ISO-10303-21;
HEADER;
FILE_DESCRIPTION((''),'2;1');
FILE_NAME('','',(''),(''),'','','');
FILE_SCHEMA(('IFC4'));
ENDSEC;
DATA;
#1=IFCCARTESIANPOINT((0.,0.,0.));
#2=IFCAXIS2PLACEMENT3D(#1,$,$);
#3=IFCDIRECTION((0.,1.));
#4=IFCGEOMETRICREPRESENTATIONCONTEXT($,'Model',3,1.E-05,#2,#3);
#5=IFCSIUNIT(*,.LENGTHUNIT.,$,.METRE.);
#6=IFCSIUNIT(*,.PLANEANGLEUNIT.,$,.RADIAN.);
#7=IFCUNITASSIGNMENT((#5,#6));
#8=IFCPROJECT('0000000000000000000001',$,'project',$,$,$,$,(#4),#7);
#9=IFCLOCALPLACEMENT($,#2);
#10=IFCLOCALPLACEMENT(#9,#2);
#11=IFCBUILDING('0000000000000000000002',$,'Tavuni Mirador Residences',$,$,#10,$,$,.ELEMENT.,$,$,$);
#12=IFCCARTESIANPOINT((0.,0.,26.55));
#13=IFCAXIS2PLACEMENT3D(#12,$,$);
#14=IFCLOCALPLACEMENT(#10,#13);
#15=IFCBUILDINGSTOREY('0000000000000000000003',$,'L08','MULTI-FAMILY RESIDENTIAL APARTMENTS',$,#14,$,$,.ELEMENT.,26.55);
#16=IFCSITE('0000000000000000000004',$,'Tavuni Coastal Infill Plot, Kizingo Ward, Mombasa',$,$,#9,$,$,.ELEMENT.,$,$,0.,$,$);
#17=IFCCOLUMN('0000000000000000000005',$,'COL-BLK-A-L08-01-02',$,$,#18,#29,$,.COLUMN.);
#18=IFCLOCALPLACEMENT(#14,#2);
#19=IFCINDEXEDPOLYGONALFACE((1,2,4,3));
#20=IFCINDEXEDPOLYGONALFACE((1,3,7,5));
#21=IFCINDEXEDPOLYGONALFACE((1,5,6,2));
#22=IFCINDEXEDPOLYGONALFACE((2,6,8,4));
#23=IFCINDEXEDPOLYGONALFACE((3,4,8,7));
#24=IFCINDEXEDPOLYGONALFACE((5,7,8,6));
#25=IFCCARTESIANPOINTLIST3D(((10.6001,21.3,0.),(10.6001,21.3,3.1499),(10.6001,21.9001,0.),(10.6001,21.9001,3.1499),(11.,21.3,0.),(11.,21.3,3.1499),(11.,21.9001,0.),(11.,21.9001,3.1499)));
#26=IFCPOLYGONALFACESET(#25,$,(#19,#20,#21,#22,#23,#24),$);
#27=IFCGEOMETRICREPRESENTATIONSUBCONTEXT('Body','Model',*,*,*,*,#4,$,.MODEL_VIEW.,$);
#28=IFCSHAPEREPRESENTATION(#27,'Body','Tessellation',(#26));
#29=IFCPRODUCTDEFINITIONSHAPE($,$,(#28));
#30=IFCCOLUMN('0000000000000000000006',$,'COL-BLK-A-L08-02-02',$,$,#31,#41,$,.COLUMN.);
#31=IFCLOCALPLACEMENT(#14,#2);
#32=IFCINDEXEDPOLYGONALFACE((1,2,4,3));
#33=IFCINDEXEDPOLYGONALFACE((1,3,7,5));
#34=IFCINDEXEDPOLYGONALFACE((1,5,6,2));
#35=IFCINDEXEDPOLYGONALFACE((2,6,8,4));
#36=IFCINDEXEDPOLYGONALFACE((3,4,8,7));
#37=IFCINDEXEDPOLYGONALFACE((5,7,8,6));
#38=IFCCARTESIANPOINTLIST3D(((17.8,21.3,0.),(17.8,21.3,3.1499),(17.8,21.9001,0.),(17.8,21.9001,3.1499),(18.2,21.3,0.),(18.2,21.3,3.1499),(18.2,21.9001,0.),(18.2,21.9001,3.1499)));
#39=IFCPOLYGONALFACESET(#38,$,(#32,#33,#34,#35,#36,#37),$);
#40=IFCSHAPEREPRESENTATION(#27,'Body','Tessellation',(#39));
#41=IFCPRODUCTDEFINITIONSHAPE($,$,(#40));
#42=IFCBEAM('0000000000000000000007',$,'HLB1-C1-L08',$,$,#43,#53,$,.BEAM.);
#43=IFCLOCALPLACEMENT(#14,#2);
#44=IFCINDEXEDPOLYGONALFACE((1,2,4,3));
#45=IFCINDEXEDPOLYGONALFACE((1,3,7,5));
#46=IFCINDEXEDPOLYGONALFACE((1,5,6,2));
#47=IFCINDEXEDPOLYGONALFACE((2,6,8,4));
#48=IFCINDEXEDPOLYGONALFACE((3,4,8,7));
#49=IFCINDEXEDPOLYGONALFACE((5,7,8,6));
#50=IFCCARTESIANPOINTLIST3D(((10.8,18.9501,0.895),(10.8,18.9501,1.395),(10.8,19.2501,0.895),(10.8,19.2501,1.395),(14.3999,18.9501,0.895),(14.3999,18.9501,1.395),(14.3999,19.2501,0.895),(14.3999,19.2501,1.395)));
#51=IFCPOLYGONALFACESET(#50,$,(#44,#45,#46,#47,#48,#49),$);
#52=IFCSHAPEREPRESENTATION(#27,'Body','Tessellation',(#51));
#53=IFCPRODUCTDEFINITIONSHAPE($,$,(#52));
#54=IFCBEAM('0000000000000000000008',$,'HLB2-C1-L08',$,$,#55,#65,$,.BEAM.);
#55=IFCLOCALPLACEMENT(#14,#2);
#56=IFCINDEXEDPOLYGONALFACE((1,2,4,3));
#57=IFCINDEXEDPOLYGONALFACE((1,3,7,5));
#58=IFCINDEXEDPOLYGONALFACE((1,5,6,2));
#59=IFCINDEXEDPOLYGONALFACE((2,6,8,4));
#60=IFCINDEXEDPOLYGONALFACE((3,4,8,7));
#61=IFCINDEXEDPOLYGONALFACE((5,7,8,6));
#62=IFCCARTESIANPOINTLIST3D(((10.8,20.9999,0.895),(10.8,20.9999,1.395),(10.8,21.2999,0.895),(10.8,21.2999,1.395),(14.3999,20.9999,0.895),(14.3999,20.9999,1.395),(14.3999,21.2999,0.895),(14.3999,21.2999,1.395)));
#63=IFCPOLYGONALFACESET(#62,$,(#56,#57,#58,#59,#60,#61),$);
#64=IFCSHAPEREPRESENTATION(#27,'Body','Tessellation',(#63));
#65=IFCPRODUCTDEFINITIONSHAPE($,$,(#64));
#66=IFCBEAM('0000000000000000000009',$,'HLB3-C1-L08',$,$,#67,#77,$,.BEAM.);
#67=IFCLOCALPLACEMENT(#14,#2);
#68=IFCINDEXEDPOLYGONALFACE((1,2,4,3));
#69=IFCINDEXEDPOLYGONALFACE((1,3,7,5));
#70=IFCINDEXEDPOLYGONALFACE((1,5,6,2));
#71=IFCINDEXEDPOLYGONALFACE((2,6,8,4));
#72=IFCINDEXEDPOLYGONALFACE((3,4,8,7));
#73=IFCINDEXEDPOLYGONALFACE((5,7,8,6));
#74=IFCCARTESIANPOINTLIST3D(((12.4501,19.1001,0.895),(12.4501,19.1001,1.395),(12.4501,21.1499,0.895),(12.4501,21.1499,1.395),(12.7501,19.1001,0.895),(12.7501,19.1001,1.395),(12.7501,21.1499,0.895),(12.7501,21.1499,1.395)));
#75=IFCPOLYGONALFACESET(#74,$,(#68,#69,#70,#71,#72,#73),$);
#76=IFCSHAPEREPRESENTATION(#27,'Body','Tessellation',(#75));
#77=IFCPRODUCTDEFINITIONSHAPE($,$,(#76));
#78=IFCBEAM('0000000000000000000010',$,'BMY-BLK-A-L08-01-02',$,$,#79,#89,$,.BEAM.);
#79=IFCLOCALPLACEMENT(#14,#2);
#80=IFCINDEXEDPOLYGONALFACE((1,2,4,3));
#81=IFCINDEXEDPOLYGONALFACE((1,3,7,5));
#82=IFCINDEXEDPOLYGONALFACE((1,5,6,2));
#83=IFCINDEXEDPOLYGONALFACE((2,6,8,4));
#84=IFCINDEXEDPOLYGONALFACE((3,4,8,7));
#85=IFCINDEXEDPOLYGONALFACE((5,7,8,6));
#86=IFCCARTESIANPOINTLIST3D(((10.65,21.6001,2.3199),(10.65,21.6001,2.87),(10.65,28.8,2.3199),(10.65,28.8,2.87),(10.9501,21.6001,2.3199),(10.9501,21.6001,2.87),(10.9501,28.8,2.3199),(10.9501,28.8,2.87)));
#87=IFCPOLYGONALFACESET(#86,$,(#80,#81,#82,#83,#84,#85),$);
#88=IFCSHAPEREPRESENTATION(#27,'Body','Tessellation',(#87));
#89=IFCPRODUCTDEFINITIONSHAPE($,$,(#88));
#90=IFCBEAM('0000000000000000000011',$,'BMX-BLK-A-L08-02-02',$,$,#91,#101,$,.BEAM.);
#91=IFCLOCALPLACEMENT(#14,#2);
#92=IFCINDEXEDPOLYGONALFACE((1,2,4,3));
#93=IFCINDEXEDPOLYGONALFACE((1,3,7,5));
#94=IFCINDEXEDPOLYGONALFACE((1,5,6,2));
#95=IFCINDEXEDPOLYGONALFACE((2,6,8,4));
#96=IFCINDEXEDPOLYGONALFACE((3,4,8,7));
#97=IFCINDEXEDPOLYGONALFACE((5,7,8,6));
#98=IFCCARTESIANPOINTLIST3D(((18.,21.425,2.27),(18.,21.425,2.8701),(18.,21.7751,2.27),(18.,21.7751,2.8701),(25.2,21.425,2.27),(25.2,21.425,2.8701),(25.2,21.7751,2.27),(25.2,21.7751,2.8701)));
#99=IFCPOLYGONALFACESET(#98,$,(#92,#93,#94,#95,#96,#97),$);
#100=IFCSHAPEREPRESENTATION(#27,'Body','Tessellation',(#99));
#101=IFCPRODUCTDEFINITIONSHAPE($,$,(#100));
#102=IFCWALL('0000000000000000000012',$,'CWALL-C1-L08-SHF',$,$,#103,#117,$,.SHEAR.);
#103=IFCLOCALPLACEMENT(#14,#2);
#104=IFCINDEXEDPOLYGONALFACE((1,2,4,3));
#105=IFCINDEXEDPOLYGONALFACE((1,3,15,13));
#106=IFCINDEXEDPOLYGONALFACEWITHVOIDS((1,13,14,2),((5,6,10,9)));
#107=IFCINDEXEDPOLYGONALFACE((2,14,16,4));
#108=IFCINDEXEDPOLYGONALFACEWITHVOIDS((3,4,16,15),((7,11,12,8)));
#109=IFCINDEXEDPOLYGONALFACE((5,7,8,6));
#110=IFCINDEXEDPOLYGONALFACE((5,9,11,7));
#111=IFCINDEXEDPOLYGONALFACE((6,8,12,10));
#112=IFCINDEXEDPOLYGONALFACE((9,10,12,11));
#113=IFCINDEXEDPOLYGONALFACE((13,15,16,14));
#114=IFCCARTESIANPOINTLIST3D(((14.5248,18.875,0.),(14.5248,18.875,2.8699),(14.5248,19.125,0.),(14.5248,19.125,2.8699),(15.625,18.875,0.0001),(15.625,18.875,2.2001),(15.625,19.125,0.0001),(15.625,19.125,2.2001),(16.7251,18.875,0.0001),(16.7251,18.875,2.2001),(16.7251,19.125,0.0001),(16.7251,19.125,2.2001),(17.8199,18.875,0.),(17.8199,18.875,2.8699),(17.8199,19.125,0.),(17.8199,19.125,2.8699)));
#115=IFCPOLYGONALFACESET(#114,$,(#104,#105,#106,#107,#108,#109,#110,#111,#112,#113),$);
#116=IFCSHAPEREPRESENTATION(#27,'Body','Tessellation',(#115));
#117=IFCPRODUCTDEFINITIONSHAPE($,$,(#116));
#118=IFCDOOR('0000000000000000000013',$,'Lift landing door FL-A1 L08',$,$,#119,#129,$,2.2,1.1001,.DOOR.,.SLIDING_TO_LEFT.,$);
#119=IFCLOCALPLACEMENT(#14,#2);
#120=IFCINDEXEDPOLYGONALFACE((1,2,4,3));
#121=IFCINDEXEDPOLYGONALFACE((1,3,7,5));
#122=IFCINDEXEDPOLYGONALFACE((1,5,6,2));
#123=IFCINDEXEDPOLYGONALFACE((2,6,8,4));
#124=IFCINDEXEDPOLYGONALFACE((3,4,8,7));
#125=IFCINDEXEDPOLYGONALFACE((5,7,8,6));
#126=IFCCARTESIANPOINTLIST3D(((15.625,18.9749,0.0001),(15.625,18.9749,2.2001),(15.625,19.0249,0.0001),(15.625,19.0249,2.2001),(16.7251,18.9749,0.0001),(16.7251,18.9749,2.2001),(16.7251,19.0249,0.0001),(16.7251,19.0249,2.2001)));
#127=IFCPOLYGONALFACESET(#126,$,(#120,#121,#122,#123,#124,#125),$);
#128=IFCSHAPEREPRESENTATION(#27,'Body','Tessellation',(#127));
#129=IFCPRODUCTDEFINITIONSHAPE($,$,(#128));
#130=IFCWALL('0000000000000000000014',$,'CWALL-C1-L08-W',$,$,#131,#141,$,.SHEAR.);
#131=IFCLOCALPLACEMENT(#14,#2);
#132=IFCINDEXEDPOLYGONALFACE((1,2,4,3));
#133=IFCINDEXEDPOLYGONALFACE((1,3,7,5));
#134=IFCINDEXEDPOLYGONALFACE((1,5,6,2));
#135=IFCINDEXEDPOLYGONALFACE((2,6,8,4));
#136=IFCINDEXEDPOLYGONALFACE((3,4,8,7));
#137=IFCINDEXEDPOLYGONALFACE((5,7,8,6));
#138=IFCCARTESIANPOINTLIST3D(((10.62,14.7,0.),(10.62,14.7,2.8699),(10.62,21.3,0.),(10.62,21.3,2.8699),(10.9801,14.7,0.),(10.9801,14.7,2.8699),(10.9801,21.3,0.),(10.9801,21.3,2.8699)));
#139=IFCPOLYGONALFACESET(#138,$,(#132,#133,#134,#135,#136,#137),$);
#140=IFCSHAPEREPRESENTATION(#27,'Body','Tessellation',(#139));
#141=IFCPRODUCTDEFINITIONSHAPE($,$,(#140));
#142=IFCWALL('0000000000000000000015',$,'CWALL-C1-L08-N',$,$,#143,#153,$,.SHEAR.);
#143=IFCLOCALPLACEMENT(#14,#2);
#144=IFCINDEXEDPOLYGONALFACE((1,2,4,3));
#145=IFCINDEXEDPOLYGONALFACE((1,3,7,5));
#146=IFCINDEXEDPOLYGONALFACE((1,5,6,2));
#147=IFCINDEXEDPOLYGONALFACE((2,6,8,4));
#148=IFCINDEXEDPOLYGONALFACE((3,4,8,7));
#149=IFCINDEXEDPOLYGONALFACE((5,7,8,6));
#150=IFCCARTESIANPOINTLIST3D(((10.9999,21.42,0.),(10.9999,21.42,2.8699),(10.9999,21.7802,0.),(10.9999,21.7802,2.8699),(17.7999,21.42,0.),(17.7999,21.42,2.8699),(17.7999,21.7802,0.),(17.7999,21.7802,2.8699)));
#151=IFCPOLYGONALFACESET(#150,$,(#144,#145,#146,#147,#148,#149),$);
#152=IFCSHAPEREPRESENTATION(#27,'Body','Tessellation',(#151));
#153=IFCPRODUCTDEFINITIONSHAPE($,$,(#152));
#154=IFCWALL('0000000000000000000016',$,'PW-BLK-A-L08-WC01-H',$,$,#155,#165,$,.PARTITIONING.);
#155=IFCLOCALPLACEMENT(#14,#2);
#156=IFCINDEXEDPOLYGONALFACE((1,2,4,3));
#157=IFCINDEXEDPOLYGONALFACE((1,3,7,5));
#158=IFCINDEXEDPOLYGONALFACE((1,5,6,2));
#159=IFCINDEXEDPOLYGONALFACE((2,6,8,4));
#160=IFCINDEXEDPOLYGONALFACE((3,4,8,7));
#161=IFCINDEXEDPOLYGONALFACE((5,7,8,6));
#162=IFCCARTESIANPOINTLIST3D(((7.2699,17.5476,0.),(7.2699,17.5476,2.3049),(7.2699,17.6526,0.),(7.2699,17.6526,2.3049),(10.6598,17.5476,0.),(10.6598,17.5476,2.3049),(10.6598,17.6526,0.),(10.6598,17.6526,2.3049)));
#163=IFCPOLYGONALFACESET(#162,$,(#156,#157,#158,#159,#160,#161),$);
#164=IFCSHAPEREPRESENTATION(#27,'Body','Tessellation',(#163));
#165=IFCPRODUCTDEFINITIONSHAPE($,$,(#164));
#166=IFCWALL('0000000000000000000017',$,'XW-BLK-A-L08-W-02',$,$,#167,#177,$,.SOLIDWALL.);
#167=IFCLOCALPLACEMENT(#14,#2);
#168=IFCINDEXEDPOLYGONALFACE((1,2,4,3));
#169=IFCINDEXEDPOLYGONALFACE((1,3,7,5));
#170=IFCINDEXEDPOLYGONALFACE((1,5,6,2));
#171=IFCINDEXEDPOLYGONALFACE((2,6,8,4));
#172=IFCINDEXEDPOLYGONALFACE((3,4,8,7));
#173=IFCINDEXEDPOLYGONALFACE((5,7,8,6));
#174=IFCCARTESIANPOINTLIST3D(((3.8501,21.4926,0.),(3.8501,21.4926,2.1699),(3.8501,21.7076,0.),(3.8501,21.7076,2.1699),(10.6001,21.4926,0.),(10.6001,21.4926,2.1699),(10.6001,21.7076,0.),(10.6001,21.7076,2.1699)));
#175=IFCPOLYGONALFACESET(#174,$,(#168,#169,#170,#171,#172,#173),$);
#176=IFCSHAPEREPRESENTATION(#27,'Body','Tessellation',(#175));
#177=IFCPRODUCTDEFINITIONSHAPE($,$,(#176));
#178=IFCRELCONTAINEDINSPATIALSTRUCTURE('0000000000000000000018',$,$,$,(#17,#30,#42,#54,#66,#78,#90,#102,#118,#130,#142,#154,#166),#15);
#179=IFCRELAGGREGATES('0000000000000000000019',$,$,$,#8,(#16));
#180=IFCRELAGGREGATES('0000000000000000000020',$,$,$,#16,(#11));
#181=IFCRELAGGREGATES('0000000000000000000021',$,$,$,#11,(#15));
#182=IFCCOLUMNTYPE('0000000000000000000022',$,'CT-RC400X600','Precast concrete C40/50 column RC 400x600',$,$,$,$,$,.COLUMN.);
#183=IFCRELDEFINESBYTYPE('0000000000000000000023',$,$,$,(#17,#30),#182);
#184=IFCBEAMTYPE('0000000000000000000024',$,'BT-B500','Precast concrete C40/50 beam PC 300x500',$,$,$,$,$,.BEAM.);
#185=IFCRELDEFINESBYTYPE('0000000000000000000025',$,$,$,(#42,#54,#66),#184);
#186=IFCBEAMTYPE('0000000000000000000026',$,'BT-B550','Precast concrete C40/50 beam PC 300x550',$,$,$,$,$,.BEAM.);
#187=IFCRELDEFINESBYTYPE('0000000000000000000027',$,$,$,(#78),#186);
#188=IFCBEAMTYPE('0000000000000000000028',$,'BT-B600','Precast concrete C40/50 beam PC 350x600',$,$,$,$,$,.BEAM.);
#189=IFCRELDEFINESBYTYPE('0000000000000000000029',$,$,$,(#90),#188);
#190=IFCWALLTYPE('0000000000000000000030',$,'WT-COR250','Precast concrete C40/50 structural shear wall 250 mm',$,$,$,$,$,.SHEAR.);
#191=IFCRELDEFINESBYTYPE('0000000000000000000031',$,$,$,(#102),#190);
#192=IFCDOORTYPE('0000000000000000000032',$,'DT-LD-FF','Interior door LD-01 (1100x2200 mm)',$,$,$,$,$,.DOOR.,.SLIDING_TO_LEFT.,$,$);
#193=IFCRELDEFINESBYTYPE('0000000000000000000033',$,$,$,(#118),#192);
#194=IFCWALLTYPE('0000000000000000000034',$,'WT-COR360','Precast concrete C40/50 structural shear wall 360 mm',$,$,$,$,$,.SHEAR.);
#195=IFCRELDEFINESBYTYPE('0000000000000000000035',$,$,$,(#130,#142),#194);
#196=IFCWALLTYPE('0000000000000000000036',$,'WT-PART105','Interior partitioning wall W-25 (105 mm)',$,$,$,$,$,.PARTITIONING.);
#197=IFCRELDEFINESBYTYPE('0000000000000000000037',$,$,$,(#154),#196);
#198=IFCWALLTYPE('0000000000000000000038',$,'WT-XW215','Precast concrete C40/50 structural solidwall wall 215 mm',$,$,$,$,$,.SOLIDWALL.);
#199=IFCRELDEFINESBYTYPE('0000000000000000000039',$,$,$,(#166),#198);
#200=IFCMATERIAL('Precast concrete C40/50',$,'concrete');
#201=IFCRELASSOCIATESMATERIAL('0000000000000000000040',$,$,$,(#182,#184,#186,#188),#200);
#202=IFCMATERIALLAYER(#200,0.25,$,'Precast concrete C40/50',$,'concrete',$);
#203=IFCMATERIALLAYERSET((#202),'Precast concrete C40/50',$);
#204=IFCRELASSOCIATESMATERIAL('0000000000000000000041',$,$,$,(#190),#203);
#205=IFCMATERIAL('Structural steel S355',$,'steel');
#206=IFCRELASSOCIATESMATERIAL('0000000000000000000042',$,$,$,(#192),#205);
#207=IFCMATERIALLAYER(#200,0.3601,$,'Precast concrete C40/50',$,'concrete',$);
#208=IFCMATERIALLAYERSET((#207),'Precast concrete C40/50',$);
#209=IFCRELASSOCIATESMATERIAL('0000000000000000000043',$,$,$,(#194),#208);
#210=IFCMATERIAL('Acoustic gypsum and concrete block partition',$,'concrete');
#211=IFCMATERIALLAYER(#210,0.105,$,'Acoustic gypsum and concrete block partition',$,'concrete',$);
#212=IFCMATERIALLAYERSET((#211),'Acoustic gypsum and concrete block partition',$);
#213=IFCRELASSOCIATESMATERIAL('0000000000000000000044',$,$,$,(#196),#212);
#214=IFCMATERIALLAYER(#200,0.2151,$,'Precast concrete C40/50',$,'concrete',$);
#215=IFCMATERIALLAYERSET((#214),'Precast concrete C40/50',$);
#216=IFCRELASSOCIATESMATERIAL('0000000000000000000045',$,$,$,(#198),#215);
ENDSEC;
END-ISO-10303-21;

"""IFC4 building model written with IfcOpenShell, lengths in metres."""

from ifc_helpers import new_model, si_unit, direction, frame, frame_2d, origin, origin_2d, place, context, subcontext, project, spatial, rectangle, extrude, material, layer, layer_set, material_profile, profile_set, type_object, element, fill, save


model = new_model("IFC4")

# Units and contexts
model_context = context("Model", 3, precision=1e-05, world=origin(), true_north=direction((0.0, 1.0)))
body_context = subcontext(model_context, "Body", "Model", "MODEL_VIEW")
ifc_project = project(units=[si_unit("LENGTHUNIT", "METRE"), si_unit("PLANEANGLEUNIT", "RADIAN")], contexts=[model_context])

# Site, building, storey
site_placement = place(None, origin())
site = spatial("IfcSite", under=ifc_project, at=site_placement, Name="Tavuni Coastal Infill Plot, Kizingo Ward, Mombasa", CompositionType="ELEMENT", RefElevation=0.0)
building_placement = place(site_placement, origin())
building = spatial("IfcBuilding", under=site, at=building_placement, Name="Tavuni Mirador Residences", CompositionType="ELEMENT")
storey_placement = place(building_placement, frame((0.0, 0.0, 26.55)))
storey = spatial("IfcBuildingStorey", under=building, at=storey_placement, Name="L08", Description="MULTI-FAMILY RESIDENTIAL APARTMENTS", CompositionType="ELEMENT", Elevation=26.55)

# Columns
ifc_material_1 = material(Name="Precast concrete C40/50", Category="concrete")
ifc_material_profile_1 = material_profile(ifc_material_1, rectangle(XDim=0.3999, YDim=0.6001, at=origin_2d()), Name="RC 400x600", Category="concrete")
ifc_profile_set_1 = profile_set([ifc_material_profile_1], Name="Precast concrete C40/50")
column_type = type_object("IfcColumnType", Name="CT-RC400X600", Description="Precast concrete C40/50 column RC 400x600", PredefinedType="COLUMN", material=ifc_profile_set_1)
for number, where, z_axis, x_axis, name in (
    (1, (10.8, 21.6001, 0.0), (0.0, 0.0, 1.0), (1.0, 0.0, 0.0), "COL-BLK-A-L08-01-02"),
    (2, (18.0, 21.6001, 0.0), (0.0, 0.0, 1.0), (1.0, 0.0, 0.0), "COL-BLK-A-L08-02-02"),
):
    element("IfcColumn", number, at=place(storey_placement, frame(where, z_axis=z_axis, x_axis=x_axis)), inside=storey, type_object=column_type, Name=name, PredefinedType="COLUMN", context=body_context, shape_type="SweptSolid", body=[
        extrude(rectangle(XDim=0.3999, YDim=0.6001, at=origin_2d()), origin(), (0.0, 0.0, 1.0), 3.1499),
    ])

# Beams
ifc_material_profile_2 = material_profile(ifc_material_1, rectangle(XDim=0.3, YDim=0.5, at=origin_2d()), Name="PC 300x500", Category="concrete")
ifc_profile_set_2 = profile_set([ifc_material_profile_2], Name="Precast concrete C40/50")
beam_type_1 = type_object("IfcBeamType", Name="BT-B500", Description="Precast concrete C40/50 beam PC 300x500", PredefinedType="BEAM", material=ifc_profile_set_2)
for number, where, z_axis, x_axis, name in (
    (3, (10.8, 19.1001, 1.145), (1.0, 0.0, 0.0), (0.0, 1.0, 0.0), "HLB1-C1-L08"),
    (4, (10.8, 21.1499, 1.145), (1.0, 0.0, 0.0), (0.0, 1.0, 0.0), "HLB2-C1-L08"),
):
    element("IfcBeam", number, at=place(storey_placement, frame(where, z_axis=z_axis, x_axis=x_axis)), inside=storey, type_object=beam_type_1, Name=name, PredefinedType="BEAM", context=body_context, shape_type="SweptSolid", body=[
        extrude(rectangle(XDim=0.3, YDim=0.5, at=origin_2d()), origin(), (0.0, 0.0, 1.0), 3.5999),
    ])
beam_1_placement = place(storey_placement, frame((12.6001, 19.1001, 1.145), z_axis=(0.0, 1.0, 0.0), x_axis=(-1.0, 0.0, 0.0)))
element("IfcBeam", 5, at=beam_1_placement, inside=storey, type_object=beam_type_1, Name="HLB3-C1-L08", PredefinedType="BEAM", context=body_context, shape_type="SweptSolid", body=[
    extrude(rectangle(XDim=0.3, YDim=0.5, at=origin_2d()), origin(), (0.0, 0.0, 1.0), 2.0498),
])
ifc_material_profile_3 = material_profile(ifc_material_1, rectangle(XDim=0.3, YDim=0.55, at=origin_2d()), Name="PC 300x550", Category="concrete")
ifc_profile_set_3 = profile_set([ifc_material_profile_3], Name="Precast concrete C40/50")
beam_type_2 = type_object("IfcBeamType", Name="BT-B550", Description="Precast concrete C40/50 beam PC 300x550", PredefinedType="BEAM", material=ifc_profile_set_3)
beam_2_placement = place(storey_placement, frame((10.8, 21.6001, 2.595), z_axis=(0.0, 1.0, 0.0), x_axis=(-1.0, 0.0, 0.0)))
element("IfcBeam", 6, at=beam_2_placement, inside=storey, type_object=beam_type_2, Name="BMY-BLK-A-L08-01-02", PredefinedType="BEAM", context=body_context, shape_type="SweptSolid", body=[
    extrude(rectangle(XDim=0.3, YDim=0.55, at=origin_2d()), origin(), (0.0, 0.0, 1.0), 7.2),
])
ifc_material_profile_4 = material_profile(ifc_material_1, rectangle(XDim=0.3501, YDim=0.6001, at=origin_2d()), Name="PC 350x600", Category="concrete")
ifc_profile_set_4 = profile_set([ifc_material_profile_4], Name="Precast concrete C40/50")
beam_type_3 = type_object("IfcBeamType", Name="BT-B600", Description="Precast concrete C40/50 beam PC 350x600", PredefinedType="BEAM", material=ifc_profile_set_4)
beam_3_placement = place(storey_placement, frame((18.0, 21.6001, 2.5701), z_axis=(1.0, 0.0, 0.0), x_axis=(0.0, 1.0, 0.0)))
element("IfcBeam", 7, at=beam_3_placement, inside=storey, type_object=beam_type_3, Name="BMX-BLK-A-L08-02-02", PredefinedType="BEAM", context=body_context, shape_type="SweptSolid", body=[
    extrude(rectangle(XDim=0.3501, YDim=0.6001, at=origin_2d()), origin(), (0.0, 0.0, 1.0), 7.2),
])

# Wall, opening, door
ifc_layer_1 = layer(ifc_material_1, 0.25, Name="Precast concrete C40/50", Category="concrete")
ifc_layer_set_1 = layer_set([ifc_layer_1], Name="Precast concrete C40/50")
wall_type_1 = type_object("IfcWallType", Name="WT-COR250", Description="Precast concrete C40/50 structural shear wall 250 mm", PredefinedType="SHEAR", material=ifc_layer_set_1)
wall_1_placement = place(storey_placement, frame((14.5249, 19.0, 0.0), z_axis=(0.0, 0.0, 1.0), x_axis=(1.0, 0.0, 0.0)))
wall_1 = element("IfcWall", 8, at=wall_1_placement, inside=storey, type_object=wall_type_1, Name="CWALL-C1-L08-SHF", PredefinedType="SHEAR", context=body_context, shape_type="SweptSolid", body=[
    extrude(rectangle(XDim=3.2952, YDim=0.25, at=frame_2d((1.6475, 0.0))), origin(), (0.0, 0.0, 1.0), 2.8699),
])
opening_1_placement = place(wall_1_placement, frame((1.1001, 0.0, 0.0)))
opening_1 = element("IfcOpeningElement", 9, at=opening_1_placement, cuts=wall_1, PredefinedType="OPENING", context=body_context, shape_type="SweptSolid", body=[
    extrude(rectangle(XDim=1.1001, YDim=2.2, at=frame_2d((0.55, 1.1001))), frame((0.0, 0.135, 0.0), z_axis=(0.0, -1.0, 0.0), x_axis=(1.0, 0.0, 0.0)), (0.0, 0.0, 1.0), 0.27),
])
ifc_material_2 = material(Name="Structural steel S355", Category="steel")
door_type_1 = type_object("IfcDoorType", Name="DT-LD-FF", Description="Interior door LD-01 (1100x2200 mm)", OperationType="SLIDING_TO_LEFT", PredefinedType="DOOR", material=ifc_material_2)
door_1_placement = place(opening_1_placement, origin())
door_1 = element("IfcDoor", 10, at=door_1_placement, inside=storey, type_object=door_type_1, Name="Lift landing door FL-A1 L08", OperationType="SLIDING_TO_LEFT", OverallHeight=2.2, OverallWidth=1.1001, PredefinedType="DOOR", context=body_context, shape_type="SweptSolid", body=[
    extrude(rectangle(XDim=1.1001, YDim=2.2, at=frame_2d((0.55, 1.1001))), frame((0.0, 0.0249, 0.0), z_axis=(0.0, -1.0, 0.0), x_axis=(1.0, 0.0, 0.0)), (0.0, 0.0, 1.0), 0.05),
])
fill(opening_1, door_1)

# Walls
ifc_layer_2 = layer(ifc_material_1, 0.3601, Name="Precast concrete C40/50", Category="concrete")
ifc_layer_set_2 = layer_set([ifc_layer_2], Name="Precast concrete C40/50")
wall_type_2 = type_object("IfcWallType", Name="WT-COR360", Description="Precast concrete C40/50 structural shear wall 360 mm", PredefinedType="SHEAR", material=ifc_layer_set_2)
wall_2_placement = place(storey_placement, frame((10.8, 14.7, 0.0), z_axis=(0.0, 0.0, 1.0), x_axis=(0.0, 1.0, 0.0)))
element("IfcWall", 11, at=wall_2_placement, inside=storey, type_object=wall_type_2, Name="CWALL-C1-L08-W", PredefinedType="SHEAR", context=body_context, shape_type="SweptSolid", body=[
    extrude(rectangle(XDim=6.6001, YDim=0.3601, at=frame_2d((3.3, 0.0))), origin(), (0.0, 0.0, 1.0), 2.8699),
])
wall_3_placement = place(storey_placement, frame((11.0, 21.6001, 0.0), z_axis=(0.0, 0.0, 1.0), x_axis=(1.0, 0.0, 0.0)))
element("IfcWall", 12, at=wall_3_placement, inside=storey, type_object=wall_type_2, Name="CWALL-C1-L08-N", PredefinedType="SHEAR", context=body_context, shape_type="SweptSolid", body=[
    extrude(rectangle(XDim=6.8, YDim=0.3601, at=frame_2d((3.3999, 0.0))), origin(), (0.0, 0.0, 1.0), 2.8699),
])

# Walls
ifc_material_3 = material(Name="Acoustic gypsum and concrete block partition", Category="concrete")
ifc_layer_3 = layer(ifc_material_3, 0.105, Name="Acoustic gypsum and concrete block partition", Category="concrete")
ifc_layer_set_3 = layer_set([ifc_layer_3], Name="Acoustic gypsum and concrete block partition")
wall_type_3 = type_object("IfcWallType", Name="WT-PART105", Description="Interior partitioning wall W-25 (105 mm)", PredefinedType="PARTITIONING", material=ifc_layer_set_3)
wall_4_placement = place(storey_placement, frame((7.27, 17.6001, 0.0), z_axis=(0.0, 0.0, 1.0), x_axis=(1.0, 0.0, 0.0)))
element("IfcWall", 13, at=wall_4_placement, inside=storey, type_object=wall_type_3, Name="PW-BLK-A-L08-WC01-H", PredefinedType="PARTITIONING", context=body_context, shape_type="SweptSolid", body=[
    extrude(rectangle(XDim=3.3899, YDim=0.105, at=frame_2d((1.6948, 0.0))), origin(), (0.0, 0.0, 1.0), 2.3049),
])
ifc_layer_4 = layer(ifc_material_1, 0.2151, Name="Precast concrete C40/50", Category="concrete")
ifc_layer_set_4 = layer_set([ifc_layer_4], Name="Precast concrete C40/50")
wall_type_4 = type_object("IfcWallType", Name="WT-XW215", Description="Precast concrete C40/50 structural solidwall wall 215 mm", PredefinedType="SOLIDWALL", material=ifc_layer_set_4)
wall_5_placement = place(storey_placement, frame((3.8501, 21.6001, 0.0), z_axis=(0.0, 0.0, 1.0), x_axis=(1.0, 0.0, 0.0)))
element("IfcWall", 14, at=wall_5_placement, inside=storey, type_object=wall_type_4, Name="XW-BLK-A-L08-W-02", PredefinedType="SOLIDWALL", context=body_context, shape_type="SweptSolid", body=[
    extrude(rectangle(XDim=6.75, YDim=0.2151, at=frame_2d((3.375, 0.0))), origin(), (0.0, 0.0, 1.0), 2.1699),
])

save(model, "model.ifc")
